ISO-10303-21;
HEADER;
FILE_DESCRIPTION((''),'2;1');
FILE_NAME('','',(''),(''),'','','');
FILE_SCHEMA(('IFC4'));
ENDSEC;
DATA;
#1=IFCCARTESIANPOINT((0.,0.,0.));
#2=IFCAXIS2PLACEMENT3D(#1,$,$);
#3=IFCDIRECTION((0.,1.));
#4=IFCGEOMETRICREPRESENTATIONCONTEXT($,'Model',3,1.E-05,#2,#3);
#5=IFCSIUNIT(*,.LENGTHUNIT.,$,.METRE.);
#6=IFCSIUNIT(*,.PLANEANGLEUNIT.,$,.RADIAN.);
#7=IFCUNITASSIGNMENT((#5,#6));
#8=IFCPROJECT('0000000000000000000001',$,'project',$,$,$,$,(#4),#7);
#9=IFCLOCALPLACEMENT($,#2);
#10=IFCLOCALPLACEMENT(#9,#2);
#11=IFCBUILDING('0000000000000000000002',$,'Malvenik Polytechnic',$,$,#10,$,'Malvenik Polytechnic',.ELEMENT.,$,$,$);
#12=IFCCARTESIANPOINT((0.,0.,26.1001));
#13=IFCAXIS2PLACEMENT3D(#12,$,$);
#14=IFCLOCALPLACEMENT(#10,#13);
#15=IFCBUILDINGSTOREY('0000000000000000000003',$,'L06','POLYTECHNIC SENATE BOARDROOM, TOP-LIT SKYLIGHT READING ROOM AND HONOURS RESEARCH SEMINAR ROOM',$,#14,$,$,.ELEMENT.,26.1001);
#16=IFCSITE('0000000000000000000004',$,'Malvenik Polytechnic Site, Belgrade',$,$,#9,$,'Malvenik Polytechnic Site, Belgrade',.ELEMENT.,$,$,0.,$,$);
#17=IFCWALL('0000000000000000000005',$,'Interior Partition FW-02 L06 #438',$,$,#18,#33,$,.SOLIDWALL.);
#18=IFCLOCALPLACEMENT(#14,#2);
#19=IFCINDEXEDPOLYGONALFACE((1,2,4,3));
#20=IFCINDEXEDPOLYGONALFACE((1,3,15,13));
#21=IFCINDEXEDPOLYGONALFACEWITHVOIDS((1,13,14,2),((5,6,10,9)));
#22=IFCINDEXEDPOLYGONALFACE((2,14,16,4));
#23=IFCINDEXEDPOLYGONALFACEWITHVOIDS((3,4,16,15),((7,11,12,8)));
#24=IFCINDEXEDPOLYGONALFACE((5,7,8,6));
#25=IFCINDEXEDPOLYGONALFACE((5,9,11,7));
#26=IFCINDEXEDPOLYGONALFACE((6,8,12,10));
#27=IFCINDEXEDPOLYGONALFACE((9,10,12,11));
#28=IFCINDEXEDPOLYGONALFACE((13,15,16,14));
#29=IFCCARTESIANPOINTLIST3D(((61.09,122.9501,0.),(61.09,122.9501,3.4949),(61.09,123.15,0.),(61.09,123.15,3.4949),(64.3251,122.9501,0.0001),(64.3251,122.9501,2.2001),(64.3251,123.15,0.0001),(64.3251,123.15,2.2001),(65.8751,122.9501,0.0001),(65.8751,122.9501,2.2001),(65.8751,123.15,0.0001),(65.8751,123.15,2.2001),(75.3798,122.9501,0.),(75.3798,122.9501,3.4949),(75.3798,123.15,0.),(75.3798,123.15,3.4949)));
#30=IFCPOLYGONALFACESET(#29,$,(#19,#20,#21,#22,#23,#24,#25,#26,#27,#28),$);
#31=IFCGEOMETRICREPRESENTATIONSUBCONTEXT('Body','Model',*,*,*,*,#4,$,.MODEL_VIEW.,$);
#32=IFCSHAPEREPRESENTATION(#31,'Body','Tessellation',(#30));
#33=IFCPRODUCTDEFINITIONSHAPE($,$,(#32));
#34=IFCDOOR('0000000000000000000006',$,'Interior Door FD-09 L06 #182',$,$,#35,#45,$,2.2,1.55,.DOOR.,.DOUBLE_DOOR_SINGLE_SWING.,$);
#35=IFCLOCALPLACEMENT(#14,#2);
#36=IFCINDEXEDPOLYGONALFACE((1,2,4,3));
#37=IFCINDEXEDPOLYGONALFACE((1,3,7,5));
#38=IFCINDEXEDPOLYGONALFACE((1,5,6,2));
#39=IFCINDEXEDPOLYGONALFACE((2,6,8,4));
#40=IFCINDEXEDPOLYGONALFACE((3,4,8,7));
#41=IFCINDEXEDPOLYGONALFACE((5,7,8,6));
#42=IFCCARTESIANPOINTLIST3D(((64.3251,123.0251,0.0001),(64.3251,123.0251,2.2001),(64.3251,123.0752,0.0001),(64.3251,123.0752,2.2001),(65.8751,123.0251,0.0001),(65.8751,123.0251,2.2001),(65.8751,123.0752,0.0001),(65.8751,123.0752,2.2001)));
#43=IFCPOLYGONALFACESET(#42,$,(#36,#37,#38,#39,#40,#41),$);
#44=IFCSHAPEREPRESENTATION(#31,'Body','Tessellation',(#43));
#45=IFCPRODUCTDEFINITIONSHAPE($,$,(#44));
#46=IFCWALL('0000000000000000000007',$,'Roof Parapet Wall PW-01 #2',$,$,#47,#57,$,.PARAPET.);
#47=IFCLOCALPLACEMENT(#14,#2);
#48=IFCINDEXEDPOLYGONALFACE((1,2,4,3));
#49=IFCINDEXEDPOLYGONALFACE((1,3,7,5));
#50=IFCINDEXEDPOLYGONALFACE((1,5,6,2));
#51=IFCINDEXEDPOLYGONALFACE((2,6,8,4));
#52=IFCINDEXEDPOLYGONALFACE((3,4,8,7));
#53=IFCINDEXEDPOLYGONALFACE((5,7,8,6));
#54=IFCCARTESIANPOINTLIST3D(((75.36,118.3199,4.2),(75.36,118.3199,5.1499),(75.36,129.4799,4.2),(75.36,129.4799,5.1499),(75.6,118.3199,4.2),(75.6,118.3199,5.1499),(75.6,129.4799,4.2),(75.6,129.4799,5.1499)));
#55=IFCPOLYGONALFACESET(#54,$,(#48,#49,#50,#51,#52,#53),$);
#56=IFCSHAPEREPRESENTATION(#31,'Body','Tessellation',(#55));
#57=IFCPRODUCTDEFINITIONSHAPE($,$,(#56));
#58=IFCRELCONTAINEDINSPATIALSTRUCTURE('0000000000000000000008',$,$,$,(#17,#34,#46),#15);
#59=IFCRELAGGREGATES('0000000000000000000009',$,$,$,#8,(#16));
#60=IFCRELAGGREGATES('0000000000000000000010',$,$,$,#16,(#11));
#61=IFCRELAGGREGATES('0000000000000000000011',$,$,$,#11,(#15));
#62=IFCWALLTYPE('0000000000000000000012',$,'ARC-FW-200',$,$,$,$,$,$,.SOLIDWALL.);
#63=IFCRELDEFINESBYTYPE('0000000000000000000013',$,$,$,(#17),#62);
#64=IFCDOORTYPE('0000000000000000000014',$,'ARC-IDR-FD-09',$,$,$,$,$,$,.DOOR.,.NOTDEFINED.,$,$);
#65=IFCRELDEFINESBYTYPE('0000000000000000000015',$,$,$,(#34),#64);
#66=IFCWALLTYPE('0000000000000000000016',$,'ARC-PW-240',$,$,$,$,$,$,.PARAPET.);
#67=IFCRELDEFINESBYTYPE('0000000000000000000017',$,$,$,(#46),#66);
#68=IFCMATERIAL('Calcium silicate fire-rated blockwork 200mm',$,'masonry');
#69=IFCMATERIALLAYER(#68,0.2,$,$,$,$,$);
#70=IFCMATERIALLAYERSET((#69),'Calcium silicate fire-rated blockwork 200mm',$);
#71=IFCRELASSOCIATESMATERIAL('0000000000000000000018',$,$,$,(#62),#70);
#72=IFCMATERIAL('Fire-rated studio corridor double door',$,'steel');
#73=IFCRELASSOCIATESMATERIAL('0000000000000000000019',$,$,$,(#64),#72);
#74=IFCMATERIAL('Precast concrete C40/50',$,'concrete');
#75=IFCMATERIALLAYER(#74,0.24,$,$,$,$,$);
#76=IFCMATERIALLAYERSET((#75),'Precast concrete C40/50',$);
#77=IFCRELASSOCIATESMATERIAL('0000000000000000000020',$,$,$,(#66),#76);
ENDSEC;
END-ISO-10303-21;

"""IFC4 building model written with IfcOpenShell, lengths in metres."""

from ifc_helpers import new_model, si_unit, direction, frame, frame_2d, origin, place, context, subcontext, project, spatial, rectangle, extrude, material, layer, layer_set, type_object, element, fill, save


model = new_model("IFC4")

# Units and contexts
model_context = context("Model", 3, precision=1e-05, world=origin(), true_north=direction((0.0, 1.0)))
body_context = subcontext(model_context, "Body", "Model", "MODEL_VIEW")
ifc_project = project(units=[si_unit("LENGTHUNIT", "METRE"), si_unit("PLANEANGLEUNIT", "RADIAN")], contexts=[model_context])

# Site, building, storey
site_placement = place(None, origin())
site = spatial("IfcSite", under=ifc_project, at=site_placement, Name="Malvenik Polytechnic Site, Belgrade", LongName="Malvenik Polytechnic Site, Belgrade", CompositionType="ELEMENT", RefElevation=0.0)
building_placement = place(site_placement, origin())
building = spatial("IfcBuilding", under=site, at=building_placement, Name="Malvenik Polytechnic", LongName="Malvenik Polytechnic", CompositionType="ELEMENT")
storey_placement = place(building_placement, frame((0.0, 0.0, 26.1001)))
storey = spatial("IfcBuildingStorey", under=building, at=storey_placement, Name="L06", Description="POLYTECHNIC SENATE BOARDROOM, TOP-LIT SKYLIGHT READING ROOM AND HONOURS RESEARCH SEMINAR ROOM", CompositionType="ELEMENT", Elevation=26.1001)

# Shared definitions
ifc_material_1 = material(Name="Precast concrete C40/50", Category="concrete")

# Shared definitions
ifc_material_2 = material(Name="Calcium silicate fire-rated blockwork 200mm", Category="masonry")
ifc_layer_1 = layer(ifc_material_2, 0.2)
ifc_layer_set_1 = layer_set([ifc_layer_1], Name="Calcium silicate fire-rated blockwork 200mm")
wall_type_1 = type_object("IfcWallType", Name="ARC-FW-200", PredefinedType="SOLIDWALL", material=ifc_layer_set_1)

# Wall, opening, door
wall_1_placement = place(storey_placement, frame((75.3799, 123.05, 0.0), z_axis=(0.0, 0.0, 1.0), x_axis=(-1.0, 0.0, 0.0)))
wall_1 = element("IfcWall", 1, at=wall_1_placement, inside=storey, type_object=wall_type_1, Name="Interior Partition FW-02 L06 #438", PredefinedType="SOLIDWALL", context=body_context, shape_type="SweptSolid", body=[
    extrude(rectangle(XDim=14.2898, YDim=0.2, at=frame_2d((7.145, 0.0))), origin(), (0.0, 0.0, 1.0), 3.4949),
])
opening_1_placement = place(wall_1_placement, frame((9.5049, 0.0, 0.0)))
opening_1 = element("IfcOpeningElement", 2, at=opening_1_placement, cuts=wall_1, PredefinedType="OPENING", context=body_context, shape_type="SweptSolid", body=[
    extrude(rectangle(XDim=1.55, YDim=2.2, at=frame_2d((0.7749, 1.1001))), frame((0.0, 0.1099, 0.0), z_axis=(0.0, -1.0, 0.0), x_axis=(1.0, 0.0, 0.0)), (0.0, 0.0, 1.0), 0.22),
])
ifc_material_3 = material(Name="Fire-rated studio corridor double door", Category="steel")
door_type_1 = type_object("IfcDoorType", Name="ARC-IDR-FD-09", OperationType="NOTDEFINED", PredefinedType="DOOR", material=ifc_material_3)
door_1_placement = place(opening_1_placement, origin())
door_1 = element("IfcDoor", 3, at=door_1_placement, inside=storey, type_object=door_type_1, Name="Interior Door FD-09 L06 #182", OperationType="DOUBLE_DOOR_SINGLE_SWING", OverallHeight=2.2, OverallWidth=1.55, PredefinedType="DOOR", context=body_context, shape_type="SweptSolid", body=[
    extrude(rectangle(XDim=1.55, YDim=2.2, at=frame_2d((0.7749, 1.1001))), frame((0.0, 0.0249, 0.0), z_axis=(0.0, -1.0, 0.0), x_axis=(1.0, 0.0, 0.0)), (0.0, 0.0, 1.0), 0.05),
])
fill(opening_1, door_1)

# Wall
ifc_layer_2 = layer(ifc_material_1, 0.24)
ifc_layer_set_2 = layer_set([ifc_layer_2], Name="Precast concrete C40/50")
wall_type_2 = type_object("IfcWallType", Name="ARC-PW-240", PredefinedType="PARAPET", material=ifc_layer_set_2)
wall_2_placement = place(storey_placement, frame((75.48, 129.48, 4.2), z_axis=(0.0, 0.0, 1.0), x_axis=(0.0, -1.0, 0.0)))
element("IfcWall", 4, at=wall_2_placement, inside=storey, type_object=wall_type_2, Name="Roof Parapet Wall PW-01 #2", PredefinedType="PARAPET", context=body_context, shape_type="SweptSolid", body=[
    extrude(rectangle(XDim=11.1599, YDim=0.24, at=frame_2d((5.5801, 0.0))), origin(), (0.0, 0.0, 1.0), 0.95),
])

save(model, "model.ifc")
